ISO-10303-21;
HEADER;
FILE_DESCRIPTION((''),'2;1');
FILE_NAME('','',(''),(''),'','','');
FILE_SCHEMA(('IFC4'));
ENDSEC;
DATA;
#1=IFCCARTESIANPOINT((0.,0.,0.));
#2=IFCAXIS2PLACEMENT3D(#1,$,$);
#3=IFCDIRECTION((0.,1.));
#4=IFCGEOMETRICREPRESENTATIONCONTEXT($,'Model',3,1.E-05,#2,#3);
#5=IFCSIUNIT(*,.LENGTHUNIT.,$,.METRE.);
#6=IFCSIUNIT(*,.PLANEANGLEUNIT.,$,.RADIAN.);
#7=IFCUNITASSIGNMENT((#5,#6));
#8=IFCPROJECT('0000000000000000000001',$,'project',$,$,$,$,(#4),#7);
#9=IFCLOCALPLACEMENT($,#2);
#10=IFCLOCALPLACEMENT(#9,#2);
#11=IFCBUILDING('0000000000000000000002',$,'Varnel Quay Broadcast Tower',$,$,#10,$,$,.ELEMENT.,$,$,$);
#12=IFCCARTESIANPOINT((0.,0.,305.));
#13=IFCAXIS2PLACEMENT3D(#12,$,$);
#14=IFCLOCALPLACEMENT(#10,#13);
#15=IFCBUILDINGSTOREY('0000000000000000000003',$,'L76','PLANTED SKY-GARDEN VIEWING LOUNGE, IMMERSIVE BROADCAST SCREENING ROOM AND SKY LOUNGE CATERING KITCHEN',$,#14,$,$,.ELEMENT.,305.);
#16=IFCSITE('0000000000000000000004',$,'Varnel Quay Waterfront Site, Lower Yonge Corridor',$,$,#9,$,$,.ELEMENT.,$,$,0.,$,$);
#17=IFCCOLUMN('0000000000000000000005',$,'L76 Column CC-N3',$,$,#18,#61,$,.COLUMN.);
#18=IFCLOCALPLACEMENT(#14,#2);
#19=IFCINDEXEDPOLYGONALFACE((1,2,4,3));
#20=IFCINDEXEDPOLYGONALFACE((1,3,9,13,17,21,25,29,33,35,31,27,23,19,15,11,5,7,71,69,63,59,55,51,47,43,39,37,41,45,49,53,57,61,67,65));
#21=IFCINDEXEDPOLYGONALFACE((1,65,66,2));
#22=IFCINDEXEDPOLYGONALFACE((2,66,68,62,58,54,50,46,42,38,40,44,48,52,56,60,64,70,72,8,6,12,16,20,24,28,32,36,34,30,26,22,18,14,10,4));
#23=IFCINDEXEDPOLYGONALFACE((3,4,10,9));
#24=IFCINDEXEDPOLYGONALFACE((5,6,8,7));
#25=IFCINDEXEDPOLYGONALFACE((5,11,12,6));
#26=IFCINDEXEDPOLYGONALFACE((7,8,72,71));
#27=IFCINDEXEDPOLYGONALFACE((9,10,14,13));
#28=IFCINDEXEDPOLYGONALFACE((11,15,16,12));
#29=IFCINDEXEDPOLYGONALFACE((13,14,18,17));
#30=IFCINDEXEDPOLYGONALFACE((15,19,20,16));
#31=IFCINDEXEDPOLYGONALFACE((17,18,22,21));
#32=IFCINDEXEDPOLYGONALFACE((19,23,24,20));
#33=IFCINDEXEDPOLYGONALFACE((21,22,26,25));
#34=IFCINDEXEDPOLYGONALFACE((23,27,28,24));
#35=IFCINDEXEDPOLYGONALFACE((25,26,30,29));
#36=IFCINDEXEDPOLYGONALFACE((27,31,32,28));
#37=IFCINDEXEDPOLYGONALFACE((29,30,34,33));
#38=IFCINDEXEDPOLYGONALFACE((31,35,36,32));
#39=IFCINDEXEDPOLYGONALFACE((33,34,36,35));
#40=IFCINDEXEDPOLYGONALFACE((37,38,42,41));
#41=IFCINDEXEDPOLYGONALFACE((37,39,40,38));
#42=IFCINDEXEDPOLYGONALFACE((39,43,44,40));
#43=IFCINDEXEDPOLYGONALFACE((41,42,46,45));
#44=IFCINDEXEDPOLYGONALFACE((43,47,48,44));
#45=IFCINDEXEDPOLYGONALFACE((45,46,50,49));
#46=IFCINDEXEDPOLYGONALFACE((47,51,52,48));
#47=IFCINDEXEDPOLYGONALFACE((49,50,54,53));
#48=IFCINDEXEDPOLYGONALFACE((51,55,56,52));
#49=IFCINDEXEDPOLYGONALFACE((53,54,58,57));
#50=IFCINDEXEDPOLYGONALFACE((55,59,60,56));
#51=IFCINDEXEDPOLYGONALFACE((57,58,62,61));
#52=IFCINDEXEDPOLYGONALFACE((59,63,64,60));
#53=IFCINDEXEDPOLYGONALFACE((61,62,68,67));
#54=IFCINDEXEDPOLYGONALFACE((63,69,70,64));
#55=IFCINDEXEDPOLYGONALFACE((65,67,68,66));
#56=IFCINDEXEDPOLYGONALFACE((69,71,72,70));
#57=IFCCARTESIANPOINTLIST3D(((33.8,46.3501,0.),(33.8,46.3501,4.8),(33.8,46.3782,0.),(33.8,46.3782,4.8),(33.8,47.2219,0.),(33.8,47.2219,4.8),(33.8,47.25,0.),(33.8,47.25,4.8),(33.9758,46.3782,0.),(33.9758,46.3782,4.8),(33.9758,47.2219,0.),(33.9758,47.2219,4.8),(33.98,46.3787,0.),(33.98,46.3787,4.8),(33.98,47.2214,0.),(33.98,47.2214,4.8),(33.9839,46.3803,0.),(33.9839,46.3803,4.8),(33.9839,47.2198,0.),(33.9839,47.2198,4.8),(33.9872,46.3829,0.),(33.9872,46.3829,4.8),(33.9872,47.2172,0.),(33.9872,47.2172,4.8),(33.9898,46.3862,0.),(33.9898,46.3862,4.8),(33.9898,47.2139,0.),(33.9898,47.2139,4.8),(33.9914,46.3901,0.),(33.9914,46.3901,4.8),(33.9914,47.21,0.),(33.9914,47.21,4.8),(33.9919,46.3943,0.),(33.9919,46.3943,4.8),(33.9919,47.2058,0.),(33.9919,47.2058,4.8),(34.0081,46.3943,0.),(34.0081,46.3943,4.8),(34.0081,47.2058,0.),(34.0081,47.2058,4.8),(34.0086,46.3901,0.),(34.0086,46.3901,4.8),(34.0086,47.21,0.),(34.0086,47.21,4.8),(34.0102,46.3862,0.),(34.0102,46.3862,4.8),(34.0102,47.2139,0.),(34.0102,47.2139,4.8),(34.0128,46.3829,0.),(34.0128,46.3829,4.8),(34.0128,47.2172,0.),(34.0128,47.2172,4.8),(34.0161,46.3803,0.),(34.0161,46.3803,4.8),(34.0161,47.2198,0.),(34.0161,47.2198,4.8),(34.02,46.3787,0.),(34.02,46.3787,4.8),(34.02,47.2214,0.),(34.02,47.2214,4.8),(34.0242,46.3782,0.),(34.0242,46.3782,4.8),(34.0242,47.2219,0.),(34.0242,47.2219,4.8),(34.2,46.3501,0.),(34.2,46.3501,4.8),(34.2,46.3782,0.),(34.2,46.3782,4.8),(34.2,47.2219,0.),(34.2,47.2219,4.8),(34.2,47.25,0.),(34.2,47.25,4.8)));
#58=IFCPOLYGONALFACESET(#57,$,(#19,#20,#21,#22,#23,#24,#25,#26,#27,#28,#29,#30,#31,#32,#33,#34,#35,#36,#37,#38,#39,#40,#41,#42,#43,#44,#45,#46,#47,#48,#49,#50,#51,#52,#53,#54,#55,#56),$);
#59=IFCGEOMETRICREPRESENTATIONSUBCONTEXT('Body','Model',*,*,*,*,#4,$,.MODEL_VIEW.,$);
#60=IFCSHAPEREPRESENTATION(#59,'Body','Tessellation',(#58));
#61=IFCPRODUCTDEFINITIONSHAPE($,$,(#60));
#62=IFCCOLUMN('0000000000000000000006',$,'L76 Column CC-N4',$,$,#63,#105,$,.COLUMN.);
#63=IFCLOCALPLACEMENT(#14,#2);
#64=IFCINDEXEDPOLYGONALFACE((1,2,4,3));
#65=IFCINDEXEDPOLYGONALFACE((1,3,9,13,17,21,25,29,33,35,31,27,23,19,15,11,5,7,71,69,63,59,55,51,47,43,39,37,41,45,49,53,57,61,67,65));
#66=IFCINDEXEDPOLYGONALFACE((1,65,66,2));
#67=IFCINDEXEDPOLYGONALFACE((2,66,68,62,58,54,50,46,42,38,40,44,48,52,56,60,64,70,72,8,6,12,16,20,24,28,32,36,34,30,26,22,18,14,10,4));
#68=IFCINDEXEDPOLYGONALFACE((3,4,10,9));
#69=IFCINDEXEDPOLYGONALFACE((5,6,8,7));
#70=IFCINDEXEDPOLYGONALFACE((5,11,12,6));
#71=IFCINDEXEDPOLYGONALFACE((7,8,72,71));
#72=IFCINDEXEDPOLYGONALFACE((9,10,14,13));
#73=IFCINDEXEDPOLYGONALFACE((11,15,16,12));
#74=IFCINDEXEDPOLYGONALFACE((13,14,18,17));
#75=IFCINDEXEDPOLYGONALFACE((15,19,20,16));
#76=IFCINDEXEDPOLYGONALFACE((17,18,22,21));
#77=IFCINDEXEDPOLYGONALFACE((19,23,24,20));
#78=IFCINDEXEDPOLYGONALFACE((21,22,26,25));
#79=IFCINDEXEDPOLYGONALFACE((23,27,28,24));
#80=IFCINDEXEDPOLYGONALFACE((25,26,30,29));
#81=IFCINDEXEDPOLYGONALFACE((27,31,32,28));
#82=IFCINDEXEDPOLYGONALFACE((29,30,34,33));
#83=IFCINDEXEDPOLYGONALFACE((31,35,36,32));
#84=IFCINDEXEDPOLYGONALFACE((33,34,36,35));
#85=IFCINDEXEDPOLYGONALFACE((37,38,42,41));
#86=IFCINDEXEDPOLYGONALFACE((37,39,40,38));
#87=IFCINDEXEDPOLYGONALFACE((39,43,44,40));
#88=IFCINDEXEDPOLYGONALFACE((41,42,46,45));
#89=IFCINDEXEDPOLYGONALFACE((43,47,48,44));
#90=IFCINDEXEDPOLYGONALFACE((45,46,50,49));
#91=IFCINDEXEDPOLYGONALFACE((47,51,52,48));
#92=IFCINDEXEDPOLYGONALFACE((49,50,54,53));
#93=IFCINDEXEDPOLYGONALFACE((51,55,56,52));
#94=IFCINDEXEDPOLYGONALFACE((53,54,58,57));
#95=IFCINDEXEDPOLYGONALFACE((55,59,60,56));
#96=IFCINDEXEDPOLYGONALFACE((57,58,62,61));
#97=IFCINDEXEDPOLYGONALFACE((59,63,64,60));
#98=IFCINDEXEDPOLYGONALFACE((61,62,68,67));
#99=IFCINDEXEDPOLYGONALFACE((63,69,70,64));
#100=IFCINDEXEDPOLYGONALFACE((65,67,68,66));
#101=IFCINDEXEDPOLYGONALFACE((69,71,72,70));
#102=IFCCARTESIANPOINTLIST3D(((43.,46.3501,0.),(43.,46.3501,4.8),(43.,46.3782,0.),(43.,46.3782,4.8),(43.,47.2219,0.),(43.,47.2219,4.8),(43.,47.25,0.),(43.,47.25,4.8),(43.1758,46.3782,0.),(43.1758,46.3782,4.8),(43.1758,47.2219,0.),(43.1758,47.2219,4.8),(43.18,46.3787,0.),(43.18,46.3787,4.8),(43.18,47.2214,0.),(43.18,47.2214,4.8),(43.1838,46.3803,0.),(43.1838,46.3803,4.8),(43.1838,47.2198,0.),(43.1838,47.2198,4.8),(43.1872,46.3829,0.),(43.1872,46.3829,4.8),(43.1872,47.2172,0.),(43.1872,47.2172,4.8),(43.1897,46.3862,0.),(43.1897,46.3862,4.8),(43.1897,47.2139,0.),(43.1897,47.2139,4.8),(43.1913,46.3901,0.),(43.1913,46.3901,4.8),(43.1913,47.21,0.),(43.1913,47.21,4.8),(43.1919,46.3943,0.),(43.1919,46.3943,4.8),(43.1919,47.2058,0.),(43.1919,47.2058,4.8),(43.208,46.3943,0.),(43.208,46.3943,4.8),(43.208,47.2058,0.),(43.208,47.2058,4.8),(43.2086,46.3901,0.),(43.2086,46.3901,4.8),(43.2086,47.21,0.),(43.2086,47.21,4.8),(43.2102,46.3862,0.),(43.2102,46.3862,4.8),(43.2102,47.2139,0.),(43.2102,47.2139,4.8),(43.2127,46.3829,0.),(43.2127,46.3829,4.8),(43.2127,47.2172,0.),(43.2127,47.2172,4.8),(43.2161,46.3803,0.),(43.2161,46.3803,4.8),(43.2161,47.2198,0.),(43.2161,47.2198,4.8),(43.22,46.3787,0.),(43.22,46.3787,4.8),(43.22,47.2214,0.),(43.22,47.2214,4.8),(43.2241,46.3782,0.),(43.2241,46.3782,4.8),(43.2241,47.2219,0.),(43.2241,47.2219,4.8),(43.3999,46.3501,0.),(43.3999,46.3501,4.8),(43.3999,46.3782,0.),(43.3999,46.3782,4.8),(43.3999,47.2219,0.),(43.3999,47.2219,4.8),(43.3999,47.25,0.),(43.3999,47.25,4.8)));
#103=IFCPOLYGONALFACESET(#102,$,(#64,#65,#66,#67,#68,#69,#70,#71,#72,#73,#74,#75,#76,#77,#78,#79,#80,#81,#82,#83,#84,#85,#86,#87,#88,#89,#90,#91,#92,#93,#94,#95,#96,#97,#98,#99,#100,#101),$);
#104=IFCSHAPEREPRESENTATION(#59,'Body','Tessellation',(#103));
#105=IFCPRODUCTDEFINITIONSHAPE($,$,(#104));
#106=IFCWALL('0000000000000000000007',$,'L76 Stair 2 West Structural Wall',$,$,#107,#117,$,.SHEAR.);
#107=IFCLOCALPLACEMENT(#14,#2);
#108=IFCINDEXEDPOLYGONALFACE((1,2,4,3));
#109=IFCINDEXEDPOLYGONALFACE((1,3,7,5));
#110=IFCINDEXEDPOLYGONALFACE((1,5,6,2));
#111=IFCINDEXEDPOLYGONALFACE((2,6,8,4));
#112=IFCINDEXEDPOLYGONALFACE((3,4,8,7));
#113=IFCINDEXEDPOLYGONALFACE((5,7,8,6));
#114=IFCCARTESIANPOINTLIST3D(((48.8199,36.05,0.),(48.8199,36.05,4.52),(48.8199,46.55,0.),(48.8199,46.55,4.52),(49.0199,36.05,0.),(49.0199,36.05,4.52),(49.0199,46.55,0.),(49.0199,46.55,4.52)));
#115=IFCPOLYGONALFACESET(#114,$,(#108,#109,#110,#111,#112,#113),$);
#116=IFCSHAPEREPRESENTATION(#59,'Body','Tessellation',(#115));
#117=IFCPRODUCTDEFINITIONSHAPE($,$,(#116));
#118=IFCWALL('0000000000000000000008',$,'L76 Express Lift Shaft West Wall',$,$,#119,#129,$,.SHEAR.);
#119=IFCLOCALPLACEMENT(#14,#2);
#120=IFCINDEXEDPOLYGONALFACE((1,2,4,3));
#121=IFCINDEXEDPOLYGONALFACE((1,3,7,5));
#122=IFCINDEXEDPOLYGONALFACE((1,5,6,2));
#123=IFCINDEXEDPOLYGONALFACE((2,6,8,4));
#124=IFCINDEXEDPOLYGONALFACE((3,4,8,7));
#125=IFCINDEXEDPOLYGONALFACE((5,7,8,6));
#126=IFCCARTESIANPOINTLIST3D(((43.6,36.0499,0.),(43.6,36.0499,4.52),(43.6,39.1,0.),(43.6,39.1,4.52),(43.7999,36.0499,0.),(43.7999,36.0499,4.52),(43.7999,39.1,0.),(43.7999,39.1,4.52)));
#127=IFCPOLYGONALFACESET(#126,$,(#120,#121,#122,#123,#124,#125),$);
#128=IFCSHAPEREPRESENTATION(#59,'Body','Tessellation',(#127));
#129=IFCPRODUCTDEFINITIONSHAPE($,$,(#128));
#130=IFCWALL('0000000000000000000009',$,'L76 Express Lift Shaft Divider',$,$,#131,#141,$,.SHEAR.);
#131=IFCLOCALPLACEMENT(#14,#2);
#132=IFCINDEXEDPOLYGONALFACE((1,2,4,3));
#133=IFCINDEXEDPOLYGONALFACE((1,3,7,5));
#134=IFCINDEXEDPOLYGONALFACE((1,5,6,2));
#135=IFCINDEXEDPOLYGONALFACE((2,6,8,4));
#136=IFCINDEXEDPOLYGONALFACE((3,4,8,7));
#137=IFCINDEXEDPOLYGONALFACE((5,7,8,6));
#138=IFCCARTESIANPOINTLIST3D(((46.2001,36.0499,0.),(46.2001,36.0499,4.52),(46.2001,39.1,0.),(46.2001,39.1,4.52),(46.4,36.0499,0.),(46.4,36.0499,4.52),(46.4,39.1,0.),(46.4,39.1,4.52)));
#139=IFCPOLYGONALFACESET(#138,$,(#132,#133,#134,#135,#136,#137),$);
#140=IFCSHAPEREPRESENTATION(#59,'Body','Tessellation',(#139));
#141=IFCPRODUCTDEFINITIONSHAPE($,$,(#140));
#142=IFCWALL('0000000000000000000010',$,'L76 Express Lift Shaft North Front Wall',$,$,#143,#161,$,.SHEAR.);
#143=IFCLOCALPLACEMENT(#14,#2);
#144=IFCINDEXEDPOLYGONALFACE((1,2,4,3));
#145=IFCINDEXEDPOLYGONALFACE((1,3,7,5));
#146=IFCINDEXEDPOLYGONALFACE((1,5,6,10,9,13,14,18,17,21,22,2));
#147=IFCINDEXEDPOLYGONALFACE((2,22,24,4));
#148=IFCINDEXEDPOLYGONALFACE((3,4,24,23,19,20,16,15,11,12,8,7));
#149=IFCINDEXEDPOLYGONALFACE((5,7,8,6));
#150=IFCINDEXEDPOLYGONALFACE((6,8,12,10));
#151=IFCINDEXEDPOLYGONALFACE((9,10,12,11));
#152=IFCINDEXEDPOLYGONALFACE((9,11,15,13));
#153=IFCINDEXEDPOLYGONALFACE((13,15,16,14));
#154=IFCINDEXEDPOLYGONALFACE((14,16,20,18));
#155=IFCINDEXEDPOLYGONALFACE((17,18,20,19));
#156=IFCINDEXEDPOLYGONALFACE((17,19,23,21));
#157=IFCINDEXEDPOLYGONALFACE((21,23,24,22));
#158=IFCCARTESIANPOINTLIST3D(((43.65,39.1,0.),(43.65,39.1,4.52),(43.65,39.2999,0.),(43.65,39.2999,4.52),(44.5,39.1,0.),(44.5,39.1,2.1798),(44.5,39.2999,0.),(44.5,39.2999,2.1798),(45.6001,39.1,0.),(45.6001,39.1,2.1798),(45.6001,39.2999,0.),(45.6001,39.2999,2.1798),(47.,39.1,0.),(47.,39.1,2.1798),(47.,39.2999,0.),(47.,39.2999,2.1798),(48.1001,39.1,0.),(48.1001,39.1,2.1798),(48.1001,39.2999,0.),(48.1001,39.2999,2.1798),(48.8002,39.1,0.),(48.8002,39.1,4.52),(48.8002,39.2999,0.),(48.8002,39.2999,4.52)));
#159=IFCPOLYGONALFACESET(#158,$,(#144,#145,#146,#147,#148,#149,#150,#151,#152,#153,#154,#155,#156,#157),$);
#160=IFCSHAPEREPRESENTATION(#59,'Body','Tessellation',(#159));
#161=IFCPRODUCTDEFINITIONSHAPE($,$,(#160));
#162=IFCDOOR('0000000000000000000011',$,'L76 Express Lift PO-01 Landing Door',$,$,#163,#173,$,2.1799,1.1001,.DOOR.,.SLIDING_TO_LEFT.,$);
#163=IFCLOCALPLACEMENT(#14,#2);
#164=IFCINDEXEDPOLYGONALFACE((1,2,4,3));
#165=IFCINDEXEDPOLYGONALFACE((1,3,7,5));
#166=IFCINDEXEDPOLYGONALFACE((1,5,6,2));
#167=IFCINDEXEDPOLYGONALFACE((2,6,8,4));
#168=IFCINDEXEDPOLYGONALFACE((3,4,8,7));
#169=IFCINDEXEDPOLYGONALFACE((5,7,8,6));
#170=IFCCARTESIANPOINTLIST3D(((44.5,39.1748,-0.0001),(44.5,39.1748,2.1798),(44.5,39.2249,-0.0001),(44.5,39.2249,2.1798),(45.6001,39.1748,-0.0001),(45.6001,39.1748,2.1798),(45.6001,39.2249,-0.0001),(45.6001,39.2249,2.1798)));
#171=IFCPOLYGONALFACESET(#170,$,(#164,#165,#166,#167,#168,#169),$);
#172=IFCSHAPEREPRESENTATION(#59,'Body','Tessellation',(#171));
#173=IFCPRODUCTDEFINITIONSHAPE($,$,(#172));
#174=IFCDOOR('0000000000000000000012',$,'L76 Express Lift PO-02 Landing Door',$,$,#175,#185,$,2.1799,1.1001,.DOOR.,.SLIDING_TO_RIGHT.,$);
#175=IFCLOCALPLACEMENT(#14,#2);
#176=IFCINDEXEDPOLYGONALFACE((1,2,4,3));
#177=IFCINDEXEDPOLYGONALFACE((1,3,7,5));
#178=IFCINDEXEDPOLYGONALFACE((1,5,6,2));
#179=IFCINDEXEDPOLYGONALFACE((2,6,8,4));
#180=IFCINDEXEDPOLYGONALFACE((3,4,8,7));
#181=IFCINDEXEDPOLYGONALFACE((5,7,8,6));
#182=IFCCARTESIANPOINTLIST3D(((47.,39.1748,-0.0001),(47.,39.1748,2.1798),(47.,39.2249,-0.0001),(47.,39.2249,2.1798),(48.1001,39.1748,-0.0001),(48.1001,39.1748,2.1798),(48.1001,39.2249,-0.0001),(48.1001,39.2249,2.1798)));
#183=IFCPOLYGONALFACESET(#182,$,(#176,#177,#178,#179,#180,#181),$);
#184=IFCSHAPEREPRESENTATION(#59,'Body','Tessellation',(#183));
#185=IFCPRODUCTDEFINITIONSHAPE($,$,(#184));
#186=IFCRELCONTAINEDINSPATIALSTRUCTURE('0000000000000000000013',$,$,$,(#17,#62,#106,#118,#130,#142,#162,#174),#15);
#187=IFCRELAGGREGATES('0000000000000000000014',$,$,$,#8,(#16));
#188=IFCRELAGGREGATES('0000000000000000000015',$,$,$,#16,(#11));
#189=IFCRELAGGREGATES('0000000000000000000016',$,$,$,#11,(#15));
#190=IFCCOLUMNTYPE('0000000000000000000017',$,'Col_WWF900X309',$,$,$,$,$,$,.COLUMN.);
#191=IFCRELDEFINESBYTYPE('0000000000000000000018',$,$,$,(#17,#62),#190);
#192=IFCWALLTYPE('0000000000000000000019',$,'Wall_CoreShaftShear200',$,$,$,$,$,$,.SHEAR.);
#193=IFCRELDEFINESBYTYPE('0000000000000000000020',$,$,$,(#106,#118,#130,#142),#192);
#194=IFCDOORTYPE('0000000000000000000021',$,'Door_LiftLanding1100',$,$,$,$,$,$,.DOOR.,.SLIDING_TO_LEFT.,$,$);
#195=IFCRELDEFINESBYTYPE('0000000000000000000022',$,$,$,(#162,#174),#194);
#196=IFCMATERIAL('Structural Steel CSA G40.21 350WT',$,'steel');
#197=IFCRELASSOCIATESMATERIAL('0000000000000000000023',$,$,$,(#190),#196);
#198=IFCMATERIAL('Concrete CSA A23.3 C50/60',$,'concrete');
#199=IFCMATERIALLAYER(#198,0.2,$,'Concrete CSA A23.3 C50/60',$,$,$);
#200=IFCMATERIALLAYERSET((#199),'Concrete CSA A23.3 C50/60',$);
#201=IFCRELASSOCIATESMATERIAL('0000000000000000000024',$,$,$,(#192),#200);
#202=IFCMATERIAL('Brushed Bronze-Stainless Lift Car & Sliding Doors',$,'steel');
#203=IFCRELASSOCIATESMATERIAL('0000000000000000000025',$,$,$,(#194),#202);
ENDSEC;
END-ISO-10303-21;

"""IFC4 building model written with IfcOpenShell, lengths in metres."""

from ifc_helpers import new_model, si_unit, direction, frame, frame_2d, origin, origin_2d, place, context, subcontext, project, spatial, rectangle, i_section, extrude, source, transform, mapped, material, layer, layer_set, material_profile, profile_set, type_object, type_shapes, element, fill, save


model = new_model("IFC4")

# Units and contexts
model_context = context("Model", 3, precision=1e-05, world=origin(), true_north=direction((0.0, 1.0)))
body_context = subcontext(model_context, "Body", "Model", "MODEL_VIEW")
ifc_project = project(units=[si_unit("LENGTHUNIT", "METRE"), si_unit("PLANEANGLEUNIT", "RADIAN")], contexts=[model_context])

# Site, building, storey
site_placement = place(None, origin())
site = spatial("IfcSite", under=ifc_project, at=site_placement, Name="Varnel Quay Waterfront Site, Lower Yonge Corridor", CompositionType="ELEMENT", RefElevation=0.0)
building_placement = place(site_placement, origin())
building = spatial("IfcBuilding", under=site, at=building_placement, Name="Varnel Quay Broadcast Tower", CompositionType="ELEMENT")
storey_placement = place(building_placement, frame((0.0, 0.0, 305.0)))
storey = spatial("IfcBuildingStorey", under=building, at=storey_placement, Name="L76", Description="PLANTED SKY-GARDEN VIEWING LOUNGE, IMMERSIVE BROADCAST SCREENING ROOM AND SKY LOUNGE CATERING KITCHEN", CompositionType="ELEMENT", Elevation=305.0)

# Columns
ifc_material_1 = material(Name="Structural Steel CSA G40.21 350WT", Category="steel")
ifc_material_profile = material_profile(ifc_material_1, i_section(OverallWidth=0.3999, OverallDepth=0.8999, WebThickness=0.0161, FlangeThickness=0.0281, FilletRadius=0.0161, at=origin_2d()), Name="WWF900X309")
ifc_profile_set = profile_set([ifc_material_profile], Name="Structural Steel CSA G40.21 350WT")
column_type = type_object("IfcColumnType", Name="Col_WWF900X309", PredefinedType="COLUMN", material=ifc_profile_set)
shared_shape_1 = source(origin(), body_context, "Body", "SweptSolid", [
    extrude(i_section(OverallWidth=0.3999, OverallDepth=0.8999, WebThickness=0.0161, FlangeThickness=0.0281, FilletRadius=0.0161, at=origin_2d()), origin(), (0.0, 0.0, 1.0), 4.8),
])
type_shapes(column_type, [shared_shape_1])
for number, where, z_axis, x_axis, name in (
    (1, (34.0, 46.8, 0.0), (0.0, 0.0, 1.0), (1.0, 0.0, 0.0), "L76 Column CC-N3"),
    (2, (43.2, 46.8, 0.0), (0.0, 0.0, 1.0), (1.0, 0.0, 0.0), "L76 Column CC-N4"),
):
    element("IfcColumn", number, at=place(storey_placement, frame(where, z_axis=z_axis, x_axis=x_axis)), inside=storey, type_object=column_type, Name=name, PredefinedType="COLUMN", context=body_context, shape_type="MappedRepresentation", body=[
        mapped(shared_shape_1, transform((0.0, 0.0, 0.0), x_axis=(1.0, 0.0, 0.0), y_axis=(0.0, 1.0, 0.0), z_axis=(0.0, 0.0, 1.0), scale=1.0)),
    ])

# Walls
ifc_material_2 = material(Name="Concrete CSA A23.3 C50/60", Category="concrete")
ifc_layer_1 = layer(ifc_material_2, 0.2, Name="Concrete CSA A23.3 C50/60")
ifc_layer_set_1 = layer_set([ifc_layer_1], Name="Concrete CSA A23.3 C50/60")
wall_type_1 = type_object("IfcWallType", Name="Wall_CoreShaftShear200", PredefinedType="SHEAR", material=ifc_layer_set_1)
wall_1_placement = place(storey_placement, frame((48.9199, 36.05, 0.0), z_axis=(0.0, 0.0, 1.0), x_axis=(0.0, 1.0, 0.0)))
element("IfcWall", 3, at=wall_1_placement, inside=storey, type_object=wall_type_1, Name="L76 Stair 2 West Structural Wall", PredefinedType="SHEAR", context=body_context, shape_type="SweptSolid", body=[
    extrude(rectangle(XDim=10.5, YDim=0.2, at=frame_2d((5.25, 0.0))), origin(), (0.0, 0.0, 1.0), 4.52),
])
for number, where, z_axis, x_axis, name in (
    (4, (43.7, 36.05, 0.0), (0.0, 0.0, 1.0), (0.0, 1.0, 0.0), "L76 Express Lift Shaft West Wall"),
    (5, (46.3, 36.05, 0.0), (0.0, 0.0, 1.0), (0.0, 1.0, 0.0), "L76 Express Lift Shaft Divider"),
):
    element("IfcWall", number, at=place(storey_placement, frame(where, z_axis=z_axis, x_axis=x_axis)), inside=storey, type_object=wall_type_1, Name=name, PredefinedType="SHEAR", context=body_context, shape_type="SweptSolid", body=[
        extrude(rectangle(XDim=3.05, YDim=0.2, at=frame_2d((1.5249, 0.0))), origin(), (0.0, 0.0, 1.0), 4.52),
    ])

# Wall, openings, doors
wall_2_placement = place(storey_placement, frame((43.6499, 39.2, 0.0), z_axis=(0.0, 0.0, 1.0), x_axis=(1.0, 0.0, 0.0)))
wall_2 = element("IfcWall", 6, at=wall_2_placement, inside=storey, type_object=wall_type_1, Name="L76 Express Lift Shaft North Front Wall", PredefinedType="SHEAR", context=body_context, shape_type="SweptSolid", body=[
    extrude(rectangle(XDim=5.1501, YDim=0.2, at=frame_2d((2.5752, 0.0))), origin(), (0.0, 0.0, 1.0), 4.52),
])
opening_1_placement = place(wall_2_placement, frame((0.8501, 0.0, 0.0)))
opening_1 = element("IfcOpeningElement", 7, at=opening_1_placement, cuts=wall_2, PredefinedType="OPENING", context=body_context, shape_type="SweptSolid", body=[
    extrude(rectangle(XDim=1.1001, YDim=2.1799, at=frame_2d((0.55, 1.0898))), frame((0.0, 0.1099, 0.0), z_axis=(0.0, -1.0, 0.0), x_axis=(1.0, 0.0, 0.0)), (0.0, 0.0, 1.0), 0.22),
])
opening_2_placement = place(wall_2_placement, frame((3.3501, 0.0, 0.0)))
opening_2 = element("IfcOpeningElement", 8, at=opening_2_placement, cuts=wall_2, PredefinedType="OPENING", context=body_context, shape_type="SweptSolid", body=[
    extrude(rectangle(XDim=1.1001, YDim=2.1799, at=frame_2d((0.55, 1.0898))), frame((0.0, 0.1099, 0.0), z_axis=(0.0, -1.0, 0.0), x_axis=(1.0, 0.0, 0.0)), (0.0, 0.0, 1.0), 0.22),
])
ifc_material_3 = material(Name="Brushed Bronze-Stainless Lift Car & Sliding Doors", Category="steel")
door_type_1 = type_object("IfcDoorType", Name="Door_LiftLanding1100", OperationType="SLIDING_TO_LEFT", PredefinedType="DOOR", material=ifc_material_3)
shared_shape_2 = source(origin(), body_context, "Body", "SweptSolid", [
    extrude(rectangle(XDim=1.1001, YDim=2.1799, at=frame_2d((0.55, 1.0898))), frame((0.0, 0.0249, 0.0), z_axis=(0.0, -1.0, 0.0), x_axis=(1.0, 0.0, 0.0)), (0.0, 0.0, 1.0), 0.05),
])
type_shapes(door_type_1, [shared_shape_2])
door_1_placement = place(opening_1_placement, origin())
door_1 = element("IfcDoor", 9, at=door_1_placement, inside=storey, type_object=door_type_1, Name="L76 Express Lift PO-01 Landing Door", OperationType="SLIDING_TO_LEFT", OverallHeight=2.1799, OverallWidth=1.1001, PredefinedType="DOOR", context=body_context, shape_type="MappedRepresentation", body=[
    mapped(shared_shape_2, transform((0.0, 0.0, 0.0), x_axis=(1.0, 0.0, 0.0), y_axis=(0.0, 1.0, 0.0), z_axis=(0.0, 0.0, 1.0), scale=1.0)),
])
fill(opening_1, door_1)
door_2_placement = place(opening_2_placement, origin())
door_2 = element("IfcDoor", 10, at=door_2_placement, inside=storey, type_object=door_type_1, Name="L76 Express Lift PO-02 Landing Door", OperationType="SLIDING_TO_RIGHT", OverallHeight=2.1799, OverallWidth=1.1001, PredefinedType="DOOR", context=body_context, shape_type="MappedRepresentation", body=[
    mapped(shared_shape_2, transform((0.0, 0.0, 0.0), x_axis=(1.0, 0.0, 0.0), y_axis=(0.0, 1.0, 0.0), z_axis=(0.0, 0.0, 1.0), scale=1.0)),
])
fill(opening_2, door_2)

save(model, "model.ifc")
